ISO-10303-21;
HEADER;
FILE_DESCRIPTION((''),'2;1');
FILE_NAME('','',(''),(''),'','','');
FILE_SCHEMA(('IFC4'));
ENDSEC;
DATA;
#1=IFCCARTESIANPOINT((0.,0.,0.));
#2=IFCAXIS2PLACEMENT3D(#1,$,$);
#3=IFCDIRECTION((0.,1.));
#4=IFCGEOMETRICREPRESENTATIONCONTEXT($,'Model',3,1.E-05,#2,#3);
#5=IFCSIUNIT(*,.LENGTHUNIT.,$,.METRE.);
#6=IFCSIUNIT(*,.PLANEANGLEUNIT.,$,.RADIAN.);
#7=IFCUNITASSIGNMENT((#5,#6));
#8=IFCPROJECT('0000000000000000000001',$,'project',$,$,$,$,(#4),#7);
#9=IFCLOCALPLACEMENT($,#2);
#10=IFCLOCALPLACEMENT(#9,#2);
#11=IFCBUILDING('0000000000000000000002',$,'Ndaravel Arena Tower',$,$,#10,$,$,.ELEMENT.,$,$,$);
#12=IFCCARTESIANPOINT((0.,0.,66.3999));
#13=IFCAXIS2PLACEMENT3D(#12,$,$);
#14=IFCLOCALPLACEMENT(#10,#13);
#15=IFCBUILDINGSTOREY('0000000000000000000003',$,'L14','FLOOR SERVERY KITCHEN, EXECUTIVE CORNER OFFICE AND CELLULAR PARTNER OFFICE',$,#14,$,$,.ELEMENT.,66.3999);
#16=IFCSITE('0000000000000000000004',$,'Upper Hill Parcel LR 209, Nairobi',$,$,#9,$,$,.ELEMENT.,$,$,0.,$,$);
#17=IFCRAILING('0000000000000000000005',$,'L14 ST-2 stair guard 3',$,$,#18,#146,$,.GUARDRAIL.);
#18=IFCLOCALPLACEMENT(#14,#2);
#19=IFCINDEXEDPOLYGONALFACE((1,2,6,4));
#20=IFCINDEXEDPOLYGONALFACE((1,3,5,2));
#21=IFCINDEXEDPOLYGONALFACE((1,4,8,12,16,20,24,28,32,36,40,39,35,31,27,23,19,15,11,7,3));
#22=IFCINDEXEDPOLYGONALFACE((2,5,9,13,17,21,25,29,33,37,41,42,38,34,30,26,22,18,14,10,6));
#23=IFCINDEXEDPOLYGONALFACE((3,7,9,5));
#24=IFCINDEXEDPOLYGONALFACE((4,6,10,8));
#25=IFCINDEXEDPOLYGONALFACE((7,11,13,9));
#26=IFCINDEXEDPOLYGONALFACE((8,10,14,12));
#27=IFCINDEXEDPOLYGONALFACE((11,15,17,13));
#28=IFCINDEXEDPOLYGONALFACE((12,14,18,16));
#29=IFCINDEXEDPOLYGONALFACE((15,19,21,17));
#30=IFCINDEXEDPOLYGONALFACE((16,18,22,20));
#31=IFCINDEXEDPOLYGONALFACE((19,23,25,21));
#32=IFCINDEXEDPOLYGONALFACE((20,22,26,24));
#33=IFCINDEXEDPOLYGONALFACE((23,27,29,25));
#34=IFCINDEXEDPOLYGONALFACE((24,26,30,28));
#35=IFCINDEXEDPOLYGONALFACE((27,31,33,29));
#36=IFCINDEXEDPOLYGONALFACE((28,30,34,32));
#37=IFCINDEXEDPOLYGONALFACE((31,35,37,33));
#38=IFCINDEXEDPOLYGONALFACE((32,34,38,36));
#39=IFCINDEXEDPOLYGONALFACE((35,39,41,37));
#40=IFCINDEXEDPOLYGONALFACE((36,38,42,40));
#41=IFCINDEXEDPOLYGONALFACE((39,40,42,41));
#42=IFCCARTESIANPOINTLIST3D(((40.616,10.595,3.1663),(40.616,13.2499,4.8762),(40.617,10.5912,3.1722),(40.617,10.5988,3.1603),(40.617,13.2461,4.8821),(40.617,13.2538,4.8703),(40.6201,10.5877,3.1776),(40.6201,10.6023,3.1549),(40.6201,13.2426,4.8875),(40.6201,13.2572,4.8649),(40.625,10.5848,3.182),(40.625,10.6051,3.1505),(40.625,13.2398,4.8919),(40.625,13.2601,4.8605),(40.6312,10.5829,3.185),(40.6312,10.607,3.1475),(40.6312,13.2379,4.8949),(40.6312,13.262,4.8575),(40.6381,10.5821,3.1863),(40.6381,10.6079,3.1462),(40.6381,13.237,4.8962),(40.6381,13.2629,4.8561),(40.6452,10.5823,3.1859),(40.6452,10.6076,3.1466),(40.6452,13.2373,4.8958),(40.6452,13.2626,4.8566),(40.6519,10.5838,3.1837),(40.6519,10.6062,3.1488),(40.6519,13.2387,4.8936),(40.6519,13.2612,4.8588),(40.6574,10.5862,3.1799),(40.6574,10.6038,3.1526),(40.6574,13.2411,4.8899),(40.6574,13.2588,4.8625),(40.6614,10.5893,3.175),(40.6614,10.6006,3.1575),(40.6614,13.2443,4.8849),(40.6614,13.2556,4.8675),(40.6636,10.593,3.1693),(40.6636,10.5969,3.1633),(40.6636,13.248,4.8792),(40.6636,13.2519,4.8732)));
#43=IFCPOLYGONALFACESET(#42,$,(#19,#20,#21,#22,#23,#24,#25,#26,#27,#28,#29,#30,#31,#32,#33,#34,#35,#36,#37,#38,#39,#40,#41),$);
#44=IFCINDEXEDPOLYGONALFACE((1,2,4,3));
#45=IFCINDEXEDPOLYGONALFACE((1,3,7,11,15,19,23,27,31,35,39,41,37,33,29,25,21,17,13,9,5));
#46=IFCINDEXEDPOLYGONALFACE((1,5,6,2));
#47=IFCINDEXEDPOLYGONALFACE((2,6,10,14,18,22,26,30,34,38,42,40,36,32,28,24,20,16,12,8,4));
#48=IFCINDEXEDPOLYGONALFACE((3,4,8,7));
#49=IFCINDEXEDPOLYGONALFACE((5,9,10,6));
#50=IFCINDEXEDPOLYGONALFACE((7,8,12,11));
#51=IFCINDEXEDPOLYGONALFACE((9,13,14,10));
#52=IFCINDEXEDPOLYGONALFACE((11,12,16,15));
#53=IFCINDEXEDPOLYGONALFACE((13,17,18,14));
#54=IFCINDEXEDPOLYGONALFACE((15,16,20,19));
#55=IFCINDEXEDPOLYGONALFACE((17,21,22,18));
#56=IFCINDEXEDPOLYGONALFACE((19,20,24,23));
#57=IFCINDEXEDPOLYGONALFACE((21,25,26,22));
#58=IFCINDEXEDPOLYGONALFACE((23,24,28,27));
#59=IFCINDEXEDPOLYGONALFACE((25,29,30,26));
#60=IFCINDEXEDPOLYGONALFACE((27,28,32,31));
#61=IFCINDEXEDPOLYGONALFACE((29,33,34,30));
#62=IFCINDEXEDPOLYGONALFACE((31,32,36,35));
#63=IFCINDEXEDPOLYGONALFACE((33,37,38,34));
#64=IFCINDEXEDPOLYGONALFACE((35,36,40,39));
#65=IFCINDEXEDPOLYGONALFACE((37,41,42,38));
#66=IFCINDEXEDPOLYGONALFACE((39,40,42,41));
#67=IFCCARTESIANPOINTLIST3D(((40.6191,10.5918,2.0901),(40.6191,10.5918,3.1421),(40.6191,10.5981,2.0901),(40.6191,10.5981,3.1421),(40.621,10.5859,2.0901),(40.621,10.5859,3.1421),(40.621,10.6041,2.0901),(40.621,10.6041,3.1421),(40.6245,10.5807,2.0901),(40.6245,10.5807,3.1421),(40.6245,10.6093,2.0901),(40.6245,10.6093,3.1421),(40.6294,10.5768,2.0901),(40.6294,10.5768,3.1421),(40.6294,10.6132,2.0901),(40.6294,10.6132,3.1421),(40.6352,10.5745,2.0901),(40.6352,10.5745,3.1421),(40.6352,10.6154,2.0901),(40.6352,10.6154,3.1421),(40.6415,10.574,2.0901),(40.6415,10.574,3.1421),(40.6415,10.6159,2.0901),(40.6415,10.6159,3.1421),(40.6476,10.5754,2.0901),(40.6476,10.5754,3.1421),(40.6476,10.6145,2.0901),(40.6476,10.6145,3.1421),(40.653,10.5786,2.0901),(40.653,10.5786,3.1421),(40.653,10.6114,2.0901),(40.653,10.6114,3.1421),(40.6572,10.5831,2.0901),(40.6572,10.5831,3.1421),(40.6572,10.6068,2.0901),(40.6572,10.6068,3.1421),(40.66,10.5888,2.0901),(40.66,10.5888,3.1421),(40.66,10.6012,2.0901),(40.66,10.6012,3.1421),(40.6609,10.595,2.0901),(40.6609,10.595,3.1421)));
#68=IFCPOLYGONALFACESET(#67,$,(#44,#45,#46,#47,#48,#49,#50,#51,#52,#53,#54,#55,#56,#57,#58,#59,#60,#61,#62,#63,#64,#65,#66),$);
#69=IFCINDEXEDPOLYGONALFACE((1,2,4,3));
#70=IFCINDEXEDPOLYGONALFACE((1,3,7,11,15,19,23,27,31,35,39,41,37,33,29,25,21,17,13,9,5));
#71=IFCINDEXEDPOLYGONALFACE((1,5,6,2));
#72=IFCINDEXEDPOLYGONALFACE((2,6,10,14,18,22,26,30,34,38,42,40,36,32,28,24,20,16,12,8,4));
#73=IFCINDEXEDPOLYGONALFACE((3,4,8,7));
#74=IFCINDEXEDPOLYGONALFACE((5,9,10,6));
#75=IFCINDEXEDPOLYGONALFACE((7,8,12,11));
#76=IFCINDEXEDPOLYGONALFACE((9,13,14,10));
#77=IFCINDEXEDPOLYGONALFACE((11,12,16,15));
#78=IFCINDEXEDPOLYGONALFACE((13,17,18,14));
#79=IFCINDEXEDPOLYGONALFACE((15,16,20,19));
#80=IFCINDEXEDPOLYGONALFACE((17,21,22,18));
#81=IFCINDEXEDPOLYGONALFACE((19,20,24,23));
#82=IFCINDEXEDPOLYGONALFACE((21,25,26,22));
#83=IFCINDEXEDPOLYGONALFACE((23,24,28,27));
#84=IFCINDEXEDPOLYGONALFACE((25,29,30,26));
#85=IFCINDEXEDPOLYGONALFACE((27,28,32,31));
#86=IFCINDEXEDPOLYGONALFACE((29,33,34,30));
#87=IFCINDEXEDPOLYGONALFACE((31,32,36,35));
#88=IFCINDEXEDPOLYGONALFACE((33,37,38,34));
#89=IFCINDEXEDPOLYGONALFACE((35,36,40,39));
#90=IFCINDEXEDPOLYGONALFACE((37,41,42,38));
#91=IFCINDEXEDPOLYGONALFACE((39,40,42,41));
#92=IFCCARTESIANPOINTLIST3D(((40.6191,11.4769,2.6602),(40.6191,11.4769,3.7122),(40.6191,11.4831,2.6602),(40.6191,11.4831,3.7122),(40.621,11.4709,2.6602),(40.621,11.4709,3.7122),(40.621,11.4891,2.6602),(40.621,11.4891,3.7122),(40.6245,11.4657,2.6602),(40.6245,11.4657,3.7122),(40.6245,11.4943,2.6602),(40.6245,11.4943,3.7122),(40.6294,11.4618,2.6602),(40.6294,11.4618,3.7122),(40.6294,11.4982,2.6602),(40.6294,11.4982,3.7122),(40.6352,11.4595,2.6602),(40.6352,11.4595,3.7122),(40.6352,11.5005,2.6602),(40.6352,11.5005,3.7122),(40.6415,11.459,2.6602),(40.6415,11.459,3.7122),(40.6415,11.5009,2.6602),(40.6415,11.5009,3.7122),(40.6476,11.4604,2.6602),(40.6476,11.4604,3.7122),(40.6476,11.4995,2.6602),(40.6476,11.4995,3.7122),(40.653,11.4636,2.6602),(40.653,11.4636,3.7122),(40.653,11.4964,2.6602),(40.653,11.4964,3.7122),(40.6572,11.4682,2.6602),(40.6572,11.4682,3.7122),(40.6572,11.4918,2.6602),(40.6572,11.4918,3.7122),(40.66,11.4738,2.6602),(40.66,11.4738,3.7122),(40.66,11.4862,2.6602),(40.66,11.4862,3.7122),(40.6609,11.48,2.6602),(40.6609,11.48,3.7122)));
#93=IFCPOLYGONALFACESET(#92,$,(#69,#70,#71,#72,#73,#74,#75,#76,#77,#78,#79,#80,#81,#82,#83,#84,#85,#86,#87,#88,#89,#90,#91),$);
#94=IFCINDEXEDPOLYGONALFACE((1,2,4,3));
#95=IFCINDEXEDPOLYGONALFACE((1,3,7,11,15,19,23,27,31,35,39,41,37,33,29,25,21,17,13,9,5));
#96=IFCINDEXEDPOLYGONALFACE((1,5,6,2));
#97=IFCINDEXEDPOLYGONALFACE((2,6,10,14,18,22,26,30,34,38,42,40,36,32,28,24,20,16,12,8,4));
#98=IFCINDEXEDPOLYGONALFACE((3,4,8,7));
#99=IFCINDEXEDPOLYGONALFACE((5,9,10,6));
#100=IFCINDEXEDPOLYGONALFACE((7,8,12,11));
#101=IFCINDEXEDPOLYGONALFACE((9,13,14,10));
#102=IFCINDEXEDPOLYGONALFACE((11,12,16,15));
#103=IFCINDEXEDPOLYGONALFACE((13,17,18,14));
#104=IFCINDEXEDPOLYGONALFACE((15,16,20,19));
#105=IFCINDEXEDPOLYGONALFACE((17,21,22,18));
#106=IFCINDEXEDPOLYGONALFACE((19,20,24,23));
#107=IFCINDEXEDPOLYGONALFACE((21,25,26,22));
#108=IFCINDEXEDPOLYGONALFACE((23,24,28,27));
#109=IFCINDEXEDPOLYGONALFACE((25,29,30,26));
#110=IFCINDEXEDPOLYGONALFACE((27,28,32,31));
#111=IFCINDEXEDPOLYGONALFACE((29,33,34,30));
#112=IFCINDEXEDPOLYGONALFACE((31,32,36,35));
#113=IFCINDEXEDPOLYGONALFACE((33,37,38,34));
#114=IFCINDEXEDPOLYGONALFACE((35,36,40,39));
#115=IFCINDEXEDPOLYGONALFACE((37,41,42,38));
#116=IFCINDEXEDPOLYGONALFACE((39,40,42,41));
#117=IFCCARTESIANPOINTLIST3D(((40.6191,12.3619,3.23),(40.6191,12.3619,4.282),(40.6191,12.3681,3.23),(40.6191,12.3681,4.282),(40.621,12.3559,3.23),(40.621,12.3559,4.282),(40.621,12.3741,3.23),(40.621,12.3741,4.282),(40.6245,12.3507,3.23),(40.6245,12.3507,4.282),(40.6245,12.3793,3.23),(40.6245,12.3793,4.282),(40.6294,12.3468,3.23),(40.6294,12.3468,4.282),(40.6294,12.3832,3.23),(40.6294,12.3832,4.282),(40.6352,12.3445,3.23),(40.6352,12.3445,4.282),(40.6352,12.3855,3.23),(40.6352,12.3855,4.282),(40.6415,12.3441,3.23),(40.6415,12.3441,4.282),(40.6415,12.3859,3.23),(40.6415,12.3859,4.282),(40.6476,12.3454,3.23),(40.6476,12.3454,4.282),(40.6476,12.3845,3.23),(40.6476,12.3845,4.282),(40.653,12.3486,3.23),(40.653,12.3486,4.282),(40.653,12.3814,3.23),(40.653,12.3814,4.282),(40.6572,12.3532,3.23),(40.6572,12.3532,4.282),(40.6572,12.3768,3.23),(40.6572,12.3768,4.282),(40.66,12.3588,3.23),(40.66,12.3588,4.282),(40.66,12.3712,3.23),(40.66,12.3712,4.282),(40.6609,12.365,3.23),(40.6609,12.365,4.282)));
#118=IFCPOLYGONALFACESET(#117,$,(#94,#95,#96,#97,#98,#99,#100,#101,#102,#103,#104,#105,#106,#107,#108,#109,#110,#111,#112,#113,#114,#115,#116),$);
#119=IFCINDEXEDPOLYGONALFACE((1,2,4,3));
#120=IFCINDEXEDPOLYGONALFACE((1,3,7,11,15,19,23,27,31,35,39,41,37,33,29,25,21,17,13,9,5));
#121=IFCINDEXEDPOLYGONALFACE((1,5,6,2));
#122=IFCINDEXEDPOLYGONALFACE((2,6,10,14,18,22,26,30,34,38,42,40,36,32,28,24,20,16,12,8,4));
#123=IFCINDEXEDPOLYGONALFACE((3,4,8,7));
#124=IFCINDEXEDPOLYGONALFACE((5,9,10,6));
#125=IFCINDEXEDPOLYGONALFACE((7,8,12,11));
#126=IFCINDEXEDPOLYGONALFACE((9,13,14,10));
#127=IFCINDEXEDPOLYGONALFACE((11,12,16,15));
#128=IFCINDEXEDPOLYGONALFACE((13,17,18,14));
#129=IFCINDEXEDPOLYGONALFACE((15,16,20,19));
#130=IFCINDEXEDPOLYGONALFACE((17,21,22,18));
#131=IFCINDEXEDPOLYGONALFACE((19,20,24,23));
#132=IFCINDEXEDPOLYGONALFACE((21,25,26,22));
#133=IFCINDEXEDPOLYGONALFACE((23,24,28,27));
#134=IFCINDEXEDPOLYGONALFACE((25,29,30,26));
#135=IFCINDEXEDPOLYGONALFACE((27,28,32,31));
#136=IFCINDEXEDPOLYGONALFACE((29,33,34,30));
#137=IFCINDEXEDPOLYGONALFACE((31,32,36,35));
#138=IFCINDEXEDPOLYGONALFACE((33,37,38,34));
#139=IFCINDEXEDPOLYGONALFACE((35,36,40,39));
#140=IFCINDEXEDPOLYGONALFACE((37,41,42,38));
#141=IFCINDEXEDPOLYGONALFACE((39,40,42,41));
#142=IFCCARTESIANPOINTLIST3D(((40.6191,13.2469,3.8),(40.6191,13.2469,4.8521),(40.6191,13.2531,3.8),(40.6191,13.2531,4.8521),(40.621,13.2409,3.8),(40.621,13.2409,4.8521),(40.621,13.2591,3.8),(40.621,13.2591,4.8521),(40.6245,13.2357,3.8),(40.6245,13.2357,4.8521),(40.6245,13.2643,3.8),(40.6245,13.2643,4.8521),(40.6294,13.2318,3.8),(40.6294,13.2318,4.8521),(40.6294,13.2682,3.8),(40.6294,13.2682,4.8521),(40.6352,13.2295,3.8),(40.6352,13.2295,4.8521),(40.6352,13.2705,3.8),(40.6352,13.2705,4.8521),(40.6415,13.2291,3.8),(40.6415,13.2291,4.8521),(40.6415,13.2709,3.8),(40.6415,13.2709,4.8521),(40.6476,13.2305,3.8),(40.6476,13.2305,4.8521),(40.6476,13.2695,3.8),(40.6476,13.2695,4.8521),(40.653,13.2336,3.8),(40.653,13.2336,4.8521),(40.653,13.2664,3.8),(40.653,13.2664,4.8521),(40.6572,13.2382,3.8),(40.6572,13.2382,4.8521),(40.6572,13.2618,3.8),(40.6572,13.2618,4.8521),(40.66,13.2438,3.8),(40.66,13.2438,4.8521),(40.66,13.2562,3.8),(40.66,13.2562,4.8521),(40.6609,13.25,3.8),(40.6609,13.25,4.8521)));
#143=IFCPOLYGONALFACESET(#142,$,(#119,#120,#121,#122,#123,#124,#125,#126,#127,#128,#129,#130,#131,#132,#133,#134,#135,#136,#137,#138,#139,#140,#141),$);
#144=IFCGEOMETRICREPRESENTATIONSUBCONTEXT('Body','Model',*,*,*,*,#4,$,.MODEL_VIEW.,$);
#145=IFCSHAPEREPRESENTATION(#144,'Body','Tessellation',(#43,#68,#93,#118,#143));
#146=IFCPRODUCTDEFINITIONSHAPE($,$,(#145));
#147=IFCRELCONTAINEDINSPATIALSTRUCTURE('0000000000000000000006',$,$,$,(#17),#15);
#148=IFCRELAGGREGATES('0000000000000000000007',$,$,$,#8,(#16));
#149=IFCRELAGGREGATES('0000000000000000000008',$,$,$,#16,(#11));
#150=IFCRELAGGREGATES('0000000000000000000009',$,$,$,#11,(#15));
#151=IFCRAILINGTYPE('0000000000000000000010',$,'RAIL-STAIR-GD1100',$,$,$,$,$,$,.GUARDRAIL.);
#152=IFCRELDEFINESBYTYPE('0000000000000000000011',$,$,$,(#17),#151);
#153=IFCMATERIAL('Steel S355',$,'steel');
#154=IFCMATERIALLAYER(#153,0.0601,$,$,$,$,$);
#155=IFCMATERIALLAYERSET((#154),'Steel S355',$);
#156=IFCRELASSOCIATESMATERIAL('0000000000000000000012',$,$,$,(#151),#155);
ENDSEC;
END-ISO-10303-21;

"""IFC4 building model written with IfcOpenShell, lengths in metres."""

from ifc_helpers import new_model, si_unit, direction, frame, origin, origin_2d, place, context, subcontext, project, spatial, circle, extrude, material, layer, layer_set, type_object, element, save


model = new_model("IFC4")

# Units and contexts
model_context = context("Model", 3, precision=1e-05, world=origin(), true_north=direction((0.0, 1.0)))
body_context = subcontext(model_context, "Body", "Model", "MODEL_VIEW")
ifc_project = project(units=[si_unit("LENGTHUNIT", "METRE"), si_unit("PLANEANGLEUNIT", "RADIAN")], contexts=[model_context])

# Site, building, storey
site_placement = place(None, origin())
site = spatial("IfcSite", under=ifc_project, at=site_placement, Name="Upper Hill Parcel LR 209, Nairobi", CompositionType="ELEMENT", RefElevation=0.0)
building_placement = place(site_placement, origin())
building = spatial("IfcBuilding", under=site, at=building_placement, Name="Ndaravel Arena Tower", CompositionType="ELEMENT")
storey_placement = place(building_placement, frame((0.0, 0.0, 66.3999)))
storey = spatial("IfcBuildingStorey", under=building, at=storey_placement, Name="L14", Description="FLOOR SERVERY KITCHEN, EXECUTIVE CORNER OFFICE AND CELLULAR PARTNER OFFICE", CompositionType="ELEMENT", Elevation=66.3999)

# Railing
ifc_material_1 = material(Name="Steel S355", Category="steel")
ifc_layer_1 = layer(ifc_material_1, 0.0601)
ifc_layer_set_1 = layer_set([ifc_layer_1], Name="Steel S355")
railing_type_1 = type_object("IfcRailingType", Name="RAIL-STAIR-GD1100", PredefinedType="GUARDRAIL", material=ifc_layer_set_1)
railing_1_placement = place(storey_placement, frame((40.6399, 10.595, 2.0901)))
element("IfcRailing", 1, at=railing_1_placement, inside=storey, type_object=railing_type_1, Name="L14 ST-2 stair guard 3", PredefinedType="GUARDRAIL", context=body_context, shape_type="SweptSolid", body=[
    extrude(circle(Radius=0.0239, at=origin_2d()), frame((0.0, 0.0, 1.0762), z_axis=(0.0, 0.840724, 0.541465), x_axis=(-1.0, 0.0, 0.0)), (0.0, 0.0, 1.0), 3.158),
    extrude(circle(Radius=0.021, at=origin_2d()), origin(), (0.0, 0.0, 1.0), 1.052),
    extrude(circle(Radius=0.021, at=origin_2d()), frame((0.0, 0.885, 0.5701)), (0.0, 0.0, 1.0), 1.052),
    extrude(circle(Radius=0.021, at=origin_2d()), frame((0.0, 1.77, 1.1399)), (0.0, 0.0, 1.0), 1.052),
    extrude(circle(Radius=0.021, at=origin_2d()), frame((0.0, 2.655, 1.71)), (0.0, 0.0, 1.0), 1.052),
])

save(model, "model.ifc")
